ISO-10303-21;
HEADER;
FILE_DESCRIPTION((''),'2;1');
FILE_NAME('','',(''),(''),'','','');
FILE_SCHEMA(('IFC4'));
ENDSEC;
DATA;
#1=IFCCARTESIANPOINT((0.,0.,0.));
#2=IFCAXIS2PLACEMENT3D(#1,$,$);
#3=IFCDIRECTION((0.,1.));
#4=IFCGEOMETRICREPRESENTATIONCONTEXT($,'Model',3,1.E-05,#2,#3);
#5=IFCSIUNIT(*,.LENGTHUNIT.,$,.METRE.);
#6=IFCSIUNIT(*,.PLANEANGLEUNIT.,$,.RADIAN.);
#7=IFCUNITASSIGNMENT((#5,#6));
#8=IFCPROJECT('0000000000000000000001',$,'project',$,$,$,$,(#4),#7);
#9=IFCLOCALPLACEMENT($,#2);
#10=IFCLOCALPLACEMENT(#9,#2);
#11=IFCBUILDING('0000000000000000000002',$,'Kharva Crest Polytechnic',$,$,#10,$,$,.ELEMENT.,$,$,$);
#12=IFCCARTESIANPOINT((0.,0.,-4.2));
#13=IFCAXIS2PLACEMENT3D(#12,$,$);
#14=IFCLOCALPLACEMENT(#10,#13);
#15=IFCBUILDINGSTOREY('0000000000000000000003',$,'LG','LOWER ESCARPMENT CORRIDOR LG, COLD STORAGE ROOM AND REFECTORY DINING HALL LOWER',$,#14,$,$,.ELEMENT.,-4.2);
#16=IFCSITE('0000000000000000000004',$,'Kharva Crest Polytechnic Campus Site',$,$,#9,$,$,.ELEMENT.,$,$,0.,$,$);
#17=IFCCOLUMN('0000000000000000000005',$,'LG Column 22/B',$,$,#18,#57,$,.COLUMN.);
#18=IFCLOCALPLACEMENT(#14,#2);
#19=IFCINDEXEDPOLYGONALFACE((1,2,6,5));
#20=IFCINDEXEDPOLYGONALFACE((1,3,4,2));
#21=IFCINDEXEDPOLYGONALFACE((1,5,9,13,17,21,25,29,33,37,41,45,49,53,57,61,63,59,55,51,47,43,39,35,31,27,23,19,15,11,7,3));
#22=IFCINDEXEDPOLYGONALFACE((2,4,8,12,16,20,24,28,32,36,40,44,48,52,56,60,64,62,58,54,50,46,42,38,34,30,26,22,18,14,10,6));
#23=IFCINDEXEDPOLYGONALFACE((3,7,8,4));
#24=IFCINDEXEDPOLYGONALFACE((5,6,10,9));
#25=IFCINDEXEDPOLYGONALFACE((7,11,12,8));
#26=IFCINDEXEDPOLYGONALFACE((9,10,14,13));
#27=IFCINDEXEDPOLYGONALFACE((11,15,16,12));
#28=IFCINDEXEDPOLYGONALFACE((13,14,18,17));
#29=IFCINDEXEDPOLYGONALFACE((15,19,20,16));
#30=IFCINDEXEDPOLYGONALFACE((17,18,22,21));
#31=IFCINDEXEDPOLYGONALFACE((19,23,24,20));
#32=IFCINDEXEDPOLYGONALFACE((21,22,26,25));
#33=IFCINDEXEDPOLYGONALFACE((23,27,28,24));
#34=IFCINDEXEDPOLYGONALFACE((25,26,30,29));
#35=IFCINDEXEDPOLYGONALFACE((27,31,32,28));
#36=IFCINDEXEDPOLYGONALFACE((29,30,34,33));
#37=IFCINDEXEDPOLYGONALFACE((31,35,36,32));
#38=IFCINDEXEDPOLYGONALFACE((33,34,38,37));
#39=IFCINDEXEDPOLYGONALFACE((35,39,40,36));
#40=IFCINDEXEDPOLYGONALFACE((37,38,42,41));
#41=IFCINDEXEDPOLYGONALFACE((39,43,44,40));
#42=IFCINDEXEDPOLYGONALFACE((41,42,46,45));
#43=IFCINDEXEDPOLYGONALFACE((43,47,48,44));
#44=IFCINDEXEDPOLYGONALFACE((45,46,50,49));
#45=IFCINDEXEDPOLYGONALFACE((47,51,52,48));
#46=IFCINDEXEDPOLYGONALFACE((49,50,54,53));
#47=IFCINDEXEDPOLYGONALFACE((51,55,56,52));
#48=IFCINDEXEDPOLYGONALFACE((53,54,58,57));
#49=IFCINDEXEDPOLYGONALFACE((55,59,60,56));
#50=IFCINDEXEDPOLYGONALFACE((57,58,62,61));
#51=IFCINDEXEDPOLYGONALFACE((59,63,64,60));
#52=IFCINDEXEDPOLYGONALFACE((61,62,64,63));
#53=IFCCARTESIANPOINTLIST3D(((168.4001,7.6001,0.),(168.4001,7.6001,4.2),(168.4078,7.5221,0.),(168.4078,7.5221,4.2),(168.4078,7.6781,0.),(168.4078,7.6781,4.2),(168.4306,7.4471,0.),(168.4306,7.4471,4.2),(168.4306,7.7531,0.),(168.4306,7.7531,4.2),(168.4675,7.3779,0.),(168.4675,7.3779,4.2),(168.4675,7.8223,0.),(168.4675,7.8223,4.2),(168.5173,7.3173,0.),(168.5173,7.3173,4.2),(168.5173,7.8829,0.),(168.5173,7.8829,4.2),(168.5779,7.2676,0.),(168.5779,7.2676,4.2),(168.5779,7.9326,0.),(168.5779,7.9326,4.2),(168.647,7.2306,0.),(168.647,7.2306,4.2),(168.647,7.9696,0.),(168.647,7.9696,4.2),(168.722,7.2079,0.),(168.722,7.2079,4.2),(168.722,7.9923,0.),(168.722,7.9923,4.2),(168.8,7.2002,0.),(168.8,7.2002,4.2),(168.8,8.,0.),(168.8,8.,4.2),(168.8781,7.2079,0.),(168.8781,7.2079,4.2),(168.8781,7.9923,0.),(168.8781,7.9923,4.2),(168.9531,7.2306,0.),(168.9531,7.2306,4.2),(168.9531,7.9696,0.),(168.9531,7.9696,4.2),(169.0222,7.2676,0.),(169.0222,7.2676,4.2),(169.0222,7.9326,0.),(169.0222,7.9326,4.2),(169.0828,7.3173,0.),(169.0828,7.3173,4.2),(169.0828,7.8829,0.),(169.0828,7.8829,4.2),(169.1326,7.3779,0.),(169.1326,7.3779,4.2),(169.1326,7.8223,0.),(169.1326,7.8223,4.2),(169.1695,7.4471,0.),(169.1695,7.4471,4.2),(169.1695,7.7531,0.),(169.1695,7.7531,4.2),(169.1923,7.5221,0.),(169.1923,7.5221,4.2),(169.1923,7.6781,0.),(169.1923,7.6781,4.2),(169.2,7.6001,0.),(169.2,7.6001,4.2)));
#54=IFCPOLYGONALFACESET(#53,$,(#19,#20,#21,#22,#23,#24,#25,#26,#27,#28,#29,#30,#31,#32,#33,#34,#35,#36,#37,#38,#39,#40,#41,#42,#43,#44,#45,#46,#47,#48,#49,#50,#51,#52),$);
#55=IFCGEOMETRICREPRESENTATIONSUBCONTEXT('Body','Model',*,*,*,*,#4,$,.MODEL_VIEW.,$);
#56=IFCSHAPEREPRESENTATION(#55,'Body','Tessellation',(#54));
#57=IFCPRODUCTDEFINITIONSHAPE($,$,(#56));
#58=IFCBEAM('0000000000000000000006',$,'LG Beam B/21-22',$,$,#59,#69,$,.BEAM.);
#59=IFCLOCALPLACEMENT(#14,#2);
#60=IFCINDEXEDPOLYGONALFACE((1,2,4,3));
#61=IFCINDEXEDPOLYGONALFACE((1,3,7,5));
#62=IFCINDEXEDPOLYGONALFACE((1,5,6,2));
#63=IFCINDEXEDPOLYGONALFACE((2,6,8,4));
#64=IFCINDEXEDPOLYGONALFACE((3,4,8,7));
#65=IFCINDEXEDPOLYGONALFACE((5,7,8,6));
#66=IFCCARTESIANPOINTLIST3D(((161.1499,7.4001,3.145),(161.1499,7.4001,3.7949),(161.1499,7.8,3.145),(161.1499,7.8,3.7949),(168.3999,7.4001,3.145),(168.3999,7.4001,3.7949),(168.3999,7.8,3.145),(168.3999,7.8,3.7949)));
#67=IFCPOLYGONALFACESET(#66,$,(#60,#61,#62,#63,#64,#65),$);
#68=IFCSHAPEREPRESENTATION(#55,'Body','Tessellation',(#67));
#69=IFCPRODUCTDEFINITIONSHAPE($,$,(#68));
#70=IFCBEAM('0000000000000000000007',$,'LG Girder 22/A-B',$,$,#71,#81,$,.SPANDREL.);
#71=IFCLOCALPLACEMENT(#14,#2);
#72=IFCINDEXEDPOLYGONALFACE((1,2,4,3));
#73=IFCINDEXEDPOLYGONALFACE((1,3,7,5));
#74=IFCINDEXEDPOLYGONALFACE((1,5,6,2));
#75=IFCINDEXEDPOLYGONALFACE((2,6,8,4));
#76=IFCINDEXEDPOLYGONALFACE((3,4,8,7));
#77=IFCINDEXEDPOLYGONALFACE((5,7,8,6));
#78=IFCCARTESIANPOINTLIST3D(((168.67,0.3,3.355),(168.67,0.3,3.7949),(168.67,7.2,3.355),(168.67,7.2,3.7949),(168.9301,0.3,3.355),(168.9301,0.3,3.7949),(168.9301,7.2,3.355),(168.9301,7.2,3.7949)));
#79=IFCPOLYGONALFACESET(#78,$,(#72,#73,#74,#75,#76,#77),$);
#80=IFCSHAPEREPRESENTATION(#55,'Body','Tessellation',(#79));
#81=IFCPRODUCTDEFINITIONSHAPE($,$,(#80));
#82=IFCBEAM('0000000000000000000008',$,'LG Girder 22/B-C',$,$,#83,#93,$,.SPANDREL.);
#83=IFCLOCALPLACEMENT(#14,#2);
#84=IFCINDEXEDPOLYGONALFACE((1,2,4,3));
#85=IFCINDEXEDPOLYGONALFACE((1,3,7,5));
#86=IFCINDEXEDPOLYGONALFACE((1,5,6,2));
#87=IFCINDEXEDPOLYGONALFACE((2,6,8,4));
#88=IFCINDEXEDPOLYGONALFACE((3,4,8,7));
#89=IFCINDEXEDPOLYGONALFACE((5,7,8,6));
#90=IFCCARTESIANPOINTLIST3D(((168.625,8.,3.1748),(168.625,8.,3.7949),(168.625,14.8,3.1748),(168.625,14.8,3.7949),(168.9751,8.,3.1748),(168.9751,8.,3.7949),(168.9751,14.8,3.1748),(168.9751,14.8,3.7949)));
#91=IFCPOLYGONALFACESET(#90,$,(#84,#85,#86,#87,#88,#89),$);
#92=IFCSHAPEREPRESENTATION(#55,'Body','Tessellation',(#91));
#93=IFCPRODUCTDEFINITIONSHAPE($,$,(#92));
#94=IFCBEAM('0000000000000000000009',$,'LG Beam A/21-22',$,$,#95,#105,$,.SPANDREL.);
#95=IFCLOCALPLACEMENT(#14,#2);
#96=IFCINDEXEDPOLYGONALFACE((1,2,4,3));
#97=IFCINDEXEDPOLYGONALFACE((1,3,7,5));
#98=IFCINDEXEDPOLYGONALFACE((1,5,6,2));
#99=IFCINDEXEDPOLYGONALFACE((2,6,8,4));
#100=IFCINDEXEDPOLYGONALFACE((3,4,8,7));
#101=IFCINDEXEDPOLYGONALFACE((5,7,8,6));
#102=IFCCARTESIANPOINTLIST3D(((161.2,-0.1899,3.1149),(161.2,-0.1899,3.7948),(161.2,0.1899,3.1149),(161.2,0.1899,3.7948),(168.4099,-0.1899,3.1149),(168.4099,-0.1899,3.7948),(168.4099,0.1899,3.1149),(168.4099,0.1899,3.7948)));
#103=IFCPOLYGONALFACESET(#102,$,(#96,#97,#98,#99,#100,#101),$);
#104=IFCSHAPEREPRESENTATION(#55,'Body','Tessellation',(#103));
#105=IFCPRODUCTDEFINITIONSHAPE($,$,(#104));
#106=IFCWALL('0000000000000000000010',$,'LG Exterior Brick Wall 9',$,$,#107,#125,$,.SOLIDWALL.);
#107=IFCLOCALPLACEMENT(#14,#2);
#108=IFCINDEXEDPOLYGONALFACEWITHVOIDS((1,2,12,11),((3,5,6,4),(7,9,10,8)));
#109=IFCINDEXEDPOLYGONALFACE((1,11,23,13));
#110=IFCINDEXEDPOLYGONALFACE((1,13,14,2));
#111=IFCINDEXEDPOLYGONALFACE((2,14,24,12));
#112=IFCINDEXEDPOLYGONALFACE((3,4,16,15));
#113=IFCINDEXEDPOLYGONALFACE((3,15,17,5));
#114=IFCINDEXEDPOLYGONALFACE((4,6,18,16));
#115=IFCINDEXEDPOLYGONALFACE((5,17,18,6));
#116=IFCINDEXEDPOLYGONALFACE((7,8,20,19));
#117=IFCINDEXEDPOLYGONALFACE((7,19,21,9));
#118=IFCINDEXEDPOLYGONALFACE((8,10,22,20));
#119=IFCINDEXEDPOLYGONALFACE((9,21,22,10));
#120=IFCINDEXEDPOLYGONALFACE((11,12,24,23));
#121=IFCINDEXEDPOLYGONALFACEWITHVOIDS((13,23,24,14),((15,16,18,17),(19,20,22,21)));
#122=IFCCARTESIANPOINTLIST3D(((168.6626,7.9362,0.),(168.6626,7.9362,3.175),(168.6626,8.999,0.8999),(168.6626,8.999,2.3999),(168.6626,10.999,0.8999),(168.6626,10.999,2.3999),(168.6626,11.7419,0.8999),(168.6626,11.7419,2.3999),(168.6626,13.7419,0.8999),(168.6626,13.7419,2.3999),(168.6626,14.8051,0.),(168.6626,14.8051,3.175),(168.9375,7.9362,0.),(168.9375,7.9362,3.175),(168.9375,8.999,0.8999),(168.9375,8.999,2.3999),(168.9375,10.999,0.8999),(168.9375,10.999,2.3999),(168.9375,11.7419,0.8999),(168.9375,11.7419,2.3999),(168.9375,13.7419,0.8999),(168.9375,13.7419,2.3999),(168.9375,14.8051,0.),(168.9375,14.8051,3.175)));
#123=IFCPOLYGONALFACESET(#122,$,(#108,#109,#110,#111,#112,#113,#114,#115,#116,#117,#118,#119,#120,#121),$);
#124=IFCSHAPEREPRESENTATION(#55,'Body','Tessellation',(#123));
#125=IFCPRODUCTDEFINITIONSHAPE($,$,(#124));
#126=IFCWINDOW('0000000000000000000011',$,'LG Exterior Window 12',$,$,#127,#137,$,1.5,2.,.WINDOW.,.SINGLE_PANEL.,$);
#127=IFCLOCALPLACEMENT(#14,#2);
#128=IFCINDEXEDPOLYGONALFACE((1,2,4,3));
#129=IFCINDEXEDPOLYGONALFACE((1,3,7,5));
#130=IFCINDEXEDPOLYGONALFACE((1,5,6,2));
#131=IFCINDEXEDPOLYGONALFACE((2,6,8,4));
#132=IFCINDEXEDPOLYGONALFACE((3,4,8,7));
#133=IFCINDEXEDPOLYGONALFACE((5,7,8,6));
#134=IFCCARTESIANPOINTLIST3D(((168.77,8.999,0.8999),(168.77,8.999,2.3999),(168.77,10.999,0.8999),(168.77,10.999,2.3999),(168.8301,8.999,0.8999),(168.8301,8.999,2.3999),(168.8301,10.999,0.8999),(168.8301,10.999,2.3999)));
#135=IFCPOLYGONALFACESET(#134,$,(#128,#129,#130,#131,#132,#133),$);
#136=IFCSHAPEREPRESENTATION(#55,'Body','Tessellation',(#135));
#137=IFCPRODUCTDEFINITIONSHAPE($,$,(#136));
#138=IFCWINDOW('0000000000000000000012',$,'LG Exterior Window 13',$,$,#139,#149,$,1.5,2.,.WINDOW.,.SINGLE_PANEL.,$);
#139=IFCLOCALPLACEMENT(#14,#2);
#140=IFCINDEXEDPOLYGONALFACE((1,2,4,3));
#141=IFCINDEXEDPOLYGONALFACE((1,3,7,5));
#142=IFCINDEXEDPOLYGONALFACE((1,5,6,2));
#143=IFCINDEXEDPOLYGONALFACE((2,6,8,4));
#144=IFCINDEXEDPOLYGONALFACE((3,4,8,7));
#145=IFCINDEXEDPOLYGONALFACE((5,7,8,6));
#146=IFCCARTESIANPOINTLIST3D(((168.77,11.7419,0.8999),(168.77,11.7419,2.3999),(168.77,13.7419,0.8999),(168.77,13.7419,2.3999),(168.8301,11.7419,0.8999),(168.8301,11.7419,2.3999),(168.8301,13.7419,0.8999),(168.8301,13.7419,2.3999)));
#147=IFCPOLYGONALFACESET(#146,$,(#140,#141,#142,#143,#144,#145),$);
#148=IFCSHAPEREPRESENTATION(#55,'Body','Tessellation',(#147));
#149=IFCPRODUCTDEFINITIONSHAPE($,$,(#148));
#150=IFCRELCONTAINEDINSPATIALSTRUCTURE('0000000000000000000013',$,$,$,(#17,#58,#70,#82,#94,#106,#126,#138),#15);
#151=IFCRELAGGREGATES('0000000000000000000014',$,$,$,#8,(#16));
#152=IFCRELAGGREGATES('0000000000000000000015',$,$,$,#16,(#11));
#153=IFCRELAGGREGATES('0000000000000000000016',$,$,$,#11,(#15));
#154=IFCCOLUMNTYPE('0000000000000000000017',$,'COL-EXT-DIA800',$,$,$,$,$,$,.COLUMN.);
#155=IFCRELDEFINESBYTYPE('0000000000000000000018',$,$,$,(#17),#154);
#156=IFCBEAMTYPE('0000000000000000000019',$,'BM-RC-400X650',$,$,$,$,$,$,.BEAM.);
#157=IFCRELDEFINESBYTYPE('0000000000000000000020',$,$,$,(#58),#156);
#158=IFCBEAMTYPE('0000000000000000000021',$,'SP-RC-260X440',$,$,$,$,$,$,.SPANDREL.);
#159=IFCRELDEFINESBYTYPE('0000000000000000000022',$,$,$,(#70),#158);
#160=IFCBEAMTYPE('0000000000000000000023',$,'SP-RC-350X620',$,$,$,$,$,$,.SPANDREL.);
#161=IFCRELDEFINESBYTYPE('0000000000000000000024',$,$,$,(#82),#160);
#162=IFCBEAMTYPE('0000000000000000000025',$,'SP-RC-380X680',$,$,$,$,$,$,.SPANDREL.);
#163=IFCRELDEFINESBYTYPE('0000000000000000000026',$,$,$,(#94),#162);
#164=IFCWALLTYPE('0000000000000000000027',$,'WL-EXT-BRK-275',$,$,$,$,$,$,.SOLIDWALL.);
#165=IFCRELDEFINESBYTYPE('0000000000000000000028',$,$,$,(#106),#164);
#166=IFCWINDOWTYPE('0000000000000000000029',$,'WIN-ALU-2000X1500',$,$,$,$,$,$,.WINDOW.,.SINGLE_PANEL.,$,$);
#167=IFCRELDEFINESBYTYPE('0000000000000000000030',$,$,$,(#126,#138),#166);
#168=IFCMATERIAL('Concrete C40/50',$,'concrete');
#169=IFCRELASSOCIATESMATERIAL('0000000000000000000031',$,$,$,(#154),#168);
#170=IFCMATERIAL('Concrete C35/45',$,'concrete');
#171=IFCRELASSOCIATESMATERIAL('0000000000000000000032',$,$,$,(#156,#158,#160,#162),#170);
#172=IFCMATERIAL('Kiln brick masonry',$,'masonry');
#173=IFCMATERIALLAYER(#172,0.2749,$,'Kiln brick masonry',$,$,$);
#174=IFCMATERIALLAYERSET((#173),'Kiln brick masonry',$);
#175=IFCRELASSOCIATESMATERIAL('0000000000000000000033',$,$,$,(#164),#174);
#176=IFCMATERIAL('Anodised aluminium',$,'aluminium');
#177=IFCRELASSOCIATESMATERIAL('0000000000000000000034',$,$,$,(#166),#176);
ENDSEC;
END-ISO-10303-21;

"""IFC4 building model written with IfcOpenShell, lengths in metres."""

from ifc_helpers import new_model, si_unit, direction, frame, frame_2d, origin, origin_2d, place, context, subcontext, project, spatial, rectangle, circle, extrude, material, layer, layer_set, material_profile, profile_set, type_object, element, fill, save


model = new_model("IFC4")

# Units and contexts
model_context = context("Model", 3, precision=1e-05, world=origin(), true_north=direction((0.0, 1.0)))
body_context = subcontext(model_context, "Body", "Model", "MODEL_VIEW")
ifc_project = project(units=[si_unit("LENGTHUNIT", "METRE"), si_unit("PLANEANGLEUNIT", "RADIAN")], contexts=[model_context])

# Site, building, storey
site_placement = place(None, origin())
site = spatial("IfcSite", under=ifc_project, at=site_placement, Name="Kharva Crest Polytechnic Campus Site", CompositionType="ELEMENT", RefElevation=0.0)
building_placement = place(site_placement, origin())
building = spatial("IfcBuilding", under=site, at=building_placement, Name="Kharva Crest Polytechnic", CompositionType="ELEMENT")
storey_placement = place(building_placement, frame((0.0, 0.0, -4.2)))
storey = spatial("IfcBuildingStorey", under=building, at=storey_placement, Name="LG", Description="LOWER ESCARPMENT CORRIDOR LG, COLD STORAGE ROOM AND REFECTORY DINING HALL LOWER", CompositionType="ELEMENT", Elevation=-4.2)

# Shared definitions
ifc_material_1 = material(Name="Concrete C35/45", Category="concrete")

# Column
ifc_material_2 = material(Name="Concrete C40/50", Category="concrete")
ifc_material_profile_1 = material_profile(ifc_material_2, circle(Radius=0.3999, at=origin_2d()), Name="DIA 800")
ifc_profile_set_1 = profile_set([ifc_material_profile_1], Name="Concrete C40/50")
column_type_1 = type_object("IfcColumnType", Name="COL-EXT-DIA800", PredefinedType="COLUMN", material=ifc_profile_set_1)
column_1_placement = place(storey_placement, frame((168.8, 7.6001, 0.0), z_axis=(0.0, 0.0, 1.0), x_axis=(1.0, 0.0, 0.0)))
element("IfcColumn", 1, at=column_1_placement, inside=storey, type_object=column_type_1, Name="LG Column 22/B", PredefinedType="COLUMN", context=body_context, shape_type="SweptSolid", body=[
    extrude(circle(Radius=0.3999, at=origin_2d()), origin(), (0.0, 0.0, 1.0), 4.2),
])

# Beams
ifc_material_profile_2 = material_profile(ifc_material_1, rectangle(XDim=0.3999, YDim=0.6499, at=origin_2d()), Name="RECT 400 X 650")
ifc_profile_set_2 = profile_set([ifc_material_profile_2], Name="Concrete C35/45")
beam_type_1 = type_object("IfcBeamType", Name="BM-RC-400X650", PredefinedType="BEAM", material=ifc_profile_set_2)
beam_1_placement = place(storey_placement, frame((161.1499, 7.6001, 3.47), z_axis=(1.0, 0.0, 0.0), x_axis=(0.0, 1.0, 0.0)))
element("IfcBeam", 2, at=beam_1_placement, inside=storey, type_object=beam_type_1, Name="LG Beam B/21-22", PredefinedType="BEAM", context=body_context, shape_type="SweptSolid", body=[
    extrude(rectangle(XDim=0.3999, YDim=0.6499, at=origin_2d()), origin(), (0.0, 0.0, 1.0), 7.25),
])
ifc_material_profile_3 = material_profile(ifc_material_1, rectangle(XDim=0.26, YDim=0.4399, at=origin_2d()), Name="RECT 260 X 440")
ifc_profile_set_3 = profile_set([ifc_material_profile_3], Name="Concrete C35/45")
beam_type_2 = type_object("IfcBeamType", Name="SP-RC-260X440", PredefinedType="SPANDREL", material=ifc_profile_set_3)
beam_2_placement = place(storey_placement, frame((168.8, 0.3, 3.575), z_axis=(0.0, 1.0, 0.0), x_axis=(-1.0, 0.0, 0.0)))
element("IfcBeam", 3, at=beam_2_placement, inside=storey, type_object=beam_type_2, Name="LG Girder 22/A-B", PredefinedType="SPANDREL", context=body_context, shape_type="SweptSolid", body=[
    extrude(rectangle(XDim=0.26, YDim=0.4399, at=origin_2d()), origin(), (0.0, 0.0, 1.0), 6.8999),
])
ifc_material_profile_4 = material_profile(ifc_material_1, rectangle(XDim=0.3501, YDim=0.6201, at=origin_2d()), Name="RECT 350 X 620")
ifc_profile_set_4 = profile_set([ifc_material_profile_4], Name="Concrete C35/45")
beam_type_3 = type_object("IfcBeamType", Name="SP-RC-350X620", PredefinedType="SPANDREL", material=ifc_profile_set_4)
beam_3_placement = place(storey_placement, frame((168.8, 8.0, 3.4849), z_axis=(0.0, 1.0, 0.0), x_axis=(-1.0, 0.0, 0.0)))
element("IfcBeam", 4, at=beam_3_placement, inside=storey, type_object=beam_type_3, Name="LG Girder 22/B-C", PredefinedType="SPANDREL", context=body_context, shape_type="SweptSolid", body=[
    extrude(rectangle(XDim=0.3501, YDim=0.6201, at=origin_2d()), origin(), (0.0, 0.0, 1.0), 6.8),
])
ifc_material_profile_5 = material_profile(ifc_material_1, rectangle(XDim=0.3799, YDim=0.6799, at=origin_2d()), Name="RECT 380 X 680")
ifc_profile_set_5 = profile_set([ifc_material_profile_5], Name="Concrete C35/45")
beam_type_4 = type_object("IfcBeamType", Name="SP-RC-380X680", PredefinedType="SPANDREL", material=ifc_profile_set_5)
beam_4_placement = place(storey_placement, frame((161.2, 0.0, 3.4548), z_axis=(1.0, 0.0, 0.0), x_axis=(0.0, 1.0, 0.0)))
element("IfcBeam", 5, at=beam_4_placement, inside=storey, type_object=beam_type_4, Name="LG Beam A/21-22", PredefinedType="SPANDREL", context=body_context, shape_type="SweptSolid", body=[
    extrude(rectangle(XDim=0.3799, YDim=0.6799, at=origin_2d()), origin(), (0.0, 0.0, 1.0), 7.21),
])

# Wall, openings, windows
ifc_material_3 = material(Name="Kiln brick masonry", Category="masonry")
ifc_layer_1 = layer(ifc_material_3, 0.2749, Name="Kiln brick masonry")
ifc_layer_set_1 = layer_set([ifc_layer_1], Name="Kiln brick masonry")
wall_type_1 = type_object("IfcWallType", Name="WL-EXT-BRK-275", PredefinedType="SOLIDWALL", material=ifc_layer_set_1)
wall_1_placement = place(storey_placement, frame((168.8, 7.936, 0.0), z_axis=(0.0, 0.0, 1.0), x_axis=(0.0, 1.0, 0.0)))
wall_1 = element("IfcWall", 6, at=wall_1_placement, inside=storey, type_object=wall_type_1, Name="LG Exterior Brick Wall 9", PredefinedType="SOLIDWALL", context=body_context, shape_type="SweptSolid", body=[
    extrude(rectangle(XDim=6.8689, YDim=0.2749, at=frame_2d((3.4346, 0.0))), origin(), (0.0, 0.0, 1.0), 3.175),
])
opening_1_placement = place(wall_1_placement, frame((1.063, 0.0, 0.8999)))
opening_1 = element("IfcOpeningElement", 7, at=opening_1_placement, cuts=wall_1, PredefinedType="OPENING", context=body_context, shape_type="SweptSolid", body=[
    extrude(rectangle(XDim=2.0, YDim=1.5, at=frame_2d((1.0, 0.75))), frame((0.0, 0.1475, 0.0), z_axis=(0.0, -1.0, 0.0), x_axis=(1.0, 0.0, 0.0)), (0.0, 0.0, 1.0), 0.2949),
])
opening_2_placement = place(wall_1_placement, frame((3.8059, 0.0, 0.8999)))
opening_2 = element("IfcOpeningElement", 8, at=opening_2_placement, cuts=wall_1, PredefinedType="OPENING", context=body_context, shape_type="SweptSolid", body=[
    extrude(rectangle(XDim=2.0, YDim=1.5, at=frame_2d((1.0, 0.75))), frame((0.0, 0.1475, 0.0), z_axis=(0.0, -1.0, 0.0), x_axis=(1.0, 0.0, 0.0)), (0.0, 0.0, 1.0), 0.2949),
])
ifc_material_4 = material(Name="Anodised aluminium", Category="aluminium")
window_type_1 = type_object("IfcWindowType", Name="WIN-ALU-2000X1500", PartitioningType="SINGLE_PANEL", PredefinedType="WINDOW", material=ifc_material_4)
window_1_placement = place(opening_1_placement, origin())
window_1 = element("IfcWindow", 9, at=window_1_placement, inside=storey, type_object=window_type_1, Name="LG Exterior Window 12", OverallHeight=1.5, OverallWidth=2.0, PartitioningType="SINGLE_PANEL", PredefinedType="WINDOW", context=body_context, shape_type="SweptSolid", body=[
    extrude(rectangle(XDim=2.0, YDim=1.5, at=frame_2d((1.0, 0.75))), frame((0.0, 0.03, 0.0), z_axis=(0.0, -1.0, 0.0), x_axis=(1.0, 0.0, 0.0)), (0.0, 0.0, 1.0), 0.0601),
])
fill(opening_1, window_1)
window_2_placement = place(opening_2_placement, origin())
window_2 = element("IfcWindow", 10, at=window_2_placement, inside=storey, type_object=window_type_1, Name="LG Exterior Window 13", OverallHeight=1.5, OverallWidth=2.0, PartitioningType="SINGLE_PANEL", PredefinedType="WINDOW", context=body_context, shape_type="SweptSolid", body=[
    extrude(rectangle(XDim=2.0, YDim=1.5, at=frame_2d((1.0, 0.75))), frame((0.0, 0.03, 0.0), z_axis=(0.0, -1.0, 0.0), x_axis=(1.0, 0.0, 0.0)), (0.0, 0.0, 1.0), 0.0601),
])
fill(opening_2, window_2)

save(model, "model.ifc")
